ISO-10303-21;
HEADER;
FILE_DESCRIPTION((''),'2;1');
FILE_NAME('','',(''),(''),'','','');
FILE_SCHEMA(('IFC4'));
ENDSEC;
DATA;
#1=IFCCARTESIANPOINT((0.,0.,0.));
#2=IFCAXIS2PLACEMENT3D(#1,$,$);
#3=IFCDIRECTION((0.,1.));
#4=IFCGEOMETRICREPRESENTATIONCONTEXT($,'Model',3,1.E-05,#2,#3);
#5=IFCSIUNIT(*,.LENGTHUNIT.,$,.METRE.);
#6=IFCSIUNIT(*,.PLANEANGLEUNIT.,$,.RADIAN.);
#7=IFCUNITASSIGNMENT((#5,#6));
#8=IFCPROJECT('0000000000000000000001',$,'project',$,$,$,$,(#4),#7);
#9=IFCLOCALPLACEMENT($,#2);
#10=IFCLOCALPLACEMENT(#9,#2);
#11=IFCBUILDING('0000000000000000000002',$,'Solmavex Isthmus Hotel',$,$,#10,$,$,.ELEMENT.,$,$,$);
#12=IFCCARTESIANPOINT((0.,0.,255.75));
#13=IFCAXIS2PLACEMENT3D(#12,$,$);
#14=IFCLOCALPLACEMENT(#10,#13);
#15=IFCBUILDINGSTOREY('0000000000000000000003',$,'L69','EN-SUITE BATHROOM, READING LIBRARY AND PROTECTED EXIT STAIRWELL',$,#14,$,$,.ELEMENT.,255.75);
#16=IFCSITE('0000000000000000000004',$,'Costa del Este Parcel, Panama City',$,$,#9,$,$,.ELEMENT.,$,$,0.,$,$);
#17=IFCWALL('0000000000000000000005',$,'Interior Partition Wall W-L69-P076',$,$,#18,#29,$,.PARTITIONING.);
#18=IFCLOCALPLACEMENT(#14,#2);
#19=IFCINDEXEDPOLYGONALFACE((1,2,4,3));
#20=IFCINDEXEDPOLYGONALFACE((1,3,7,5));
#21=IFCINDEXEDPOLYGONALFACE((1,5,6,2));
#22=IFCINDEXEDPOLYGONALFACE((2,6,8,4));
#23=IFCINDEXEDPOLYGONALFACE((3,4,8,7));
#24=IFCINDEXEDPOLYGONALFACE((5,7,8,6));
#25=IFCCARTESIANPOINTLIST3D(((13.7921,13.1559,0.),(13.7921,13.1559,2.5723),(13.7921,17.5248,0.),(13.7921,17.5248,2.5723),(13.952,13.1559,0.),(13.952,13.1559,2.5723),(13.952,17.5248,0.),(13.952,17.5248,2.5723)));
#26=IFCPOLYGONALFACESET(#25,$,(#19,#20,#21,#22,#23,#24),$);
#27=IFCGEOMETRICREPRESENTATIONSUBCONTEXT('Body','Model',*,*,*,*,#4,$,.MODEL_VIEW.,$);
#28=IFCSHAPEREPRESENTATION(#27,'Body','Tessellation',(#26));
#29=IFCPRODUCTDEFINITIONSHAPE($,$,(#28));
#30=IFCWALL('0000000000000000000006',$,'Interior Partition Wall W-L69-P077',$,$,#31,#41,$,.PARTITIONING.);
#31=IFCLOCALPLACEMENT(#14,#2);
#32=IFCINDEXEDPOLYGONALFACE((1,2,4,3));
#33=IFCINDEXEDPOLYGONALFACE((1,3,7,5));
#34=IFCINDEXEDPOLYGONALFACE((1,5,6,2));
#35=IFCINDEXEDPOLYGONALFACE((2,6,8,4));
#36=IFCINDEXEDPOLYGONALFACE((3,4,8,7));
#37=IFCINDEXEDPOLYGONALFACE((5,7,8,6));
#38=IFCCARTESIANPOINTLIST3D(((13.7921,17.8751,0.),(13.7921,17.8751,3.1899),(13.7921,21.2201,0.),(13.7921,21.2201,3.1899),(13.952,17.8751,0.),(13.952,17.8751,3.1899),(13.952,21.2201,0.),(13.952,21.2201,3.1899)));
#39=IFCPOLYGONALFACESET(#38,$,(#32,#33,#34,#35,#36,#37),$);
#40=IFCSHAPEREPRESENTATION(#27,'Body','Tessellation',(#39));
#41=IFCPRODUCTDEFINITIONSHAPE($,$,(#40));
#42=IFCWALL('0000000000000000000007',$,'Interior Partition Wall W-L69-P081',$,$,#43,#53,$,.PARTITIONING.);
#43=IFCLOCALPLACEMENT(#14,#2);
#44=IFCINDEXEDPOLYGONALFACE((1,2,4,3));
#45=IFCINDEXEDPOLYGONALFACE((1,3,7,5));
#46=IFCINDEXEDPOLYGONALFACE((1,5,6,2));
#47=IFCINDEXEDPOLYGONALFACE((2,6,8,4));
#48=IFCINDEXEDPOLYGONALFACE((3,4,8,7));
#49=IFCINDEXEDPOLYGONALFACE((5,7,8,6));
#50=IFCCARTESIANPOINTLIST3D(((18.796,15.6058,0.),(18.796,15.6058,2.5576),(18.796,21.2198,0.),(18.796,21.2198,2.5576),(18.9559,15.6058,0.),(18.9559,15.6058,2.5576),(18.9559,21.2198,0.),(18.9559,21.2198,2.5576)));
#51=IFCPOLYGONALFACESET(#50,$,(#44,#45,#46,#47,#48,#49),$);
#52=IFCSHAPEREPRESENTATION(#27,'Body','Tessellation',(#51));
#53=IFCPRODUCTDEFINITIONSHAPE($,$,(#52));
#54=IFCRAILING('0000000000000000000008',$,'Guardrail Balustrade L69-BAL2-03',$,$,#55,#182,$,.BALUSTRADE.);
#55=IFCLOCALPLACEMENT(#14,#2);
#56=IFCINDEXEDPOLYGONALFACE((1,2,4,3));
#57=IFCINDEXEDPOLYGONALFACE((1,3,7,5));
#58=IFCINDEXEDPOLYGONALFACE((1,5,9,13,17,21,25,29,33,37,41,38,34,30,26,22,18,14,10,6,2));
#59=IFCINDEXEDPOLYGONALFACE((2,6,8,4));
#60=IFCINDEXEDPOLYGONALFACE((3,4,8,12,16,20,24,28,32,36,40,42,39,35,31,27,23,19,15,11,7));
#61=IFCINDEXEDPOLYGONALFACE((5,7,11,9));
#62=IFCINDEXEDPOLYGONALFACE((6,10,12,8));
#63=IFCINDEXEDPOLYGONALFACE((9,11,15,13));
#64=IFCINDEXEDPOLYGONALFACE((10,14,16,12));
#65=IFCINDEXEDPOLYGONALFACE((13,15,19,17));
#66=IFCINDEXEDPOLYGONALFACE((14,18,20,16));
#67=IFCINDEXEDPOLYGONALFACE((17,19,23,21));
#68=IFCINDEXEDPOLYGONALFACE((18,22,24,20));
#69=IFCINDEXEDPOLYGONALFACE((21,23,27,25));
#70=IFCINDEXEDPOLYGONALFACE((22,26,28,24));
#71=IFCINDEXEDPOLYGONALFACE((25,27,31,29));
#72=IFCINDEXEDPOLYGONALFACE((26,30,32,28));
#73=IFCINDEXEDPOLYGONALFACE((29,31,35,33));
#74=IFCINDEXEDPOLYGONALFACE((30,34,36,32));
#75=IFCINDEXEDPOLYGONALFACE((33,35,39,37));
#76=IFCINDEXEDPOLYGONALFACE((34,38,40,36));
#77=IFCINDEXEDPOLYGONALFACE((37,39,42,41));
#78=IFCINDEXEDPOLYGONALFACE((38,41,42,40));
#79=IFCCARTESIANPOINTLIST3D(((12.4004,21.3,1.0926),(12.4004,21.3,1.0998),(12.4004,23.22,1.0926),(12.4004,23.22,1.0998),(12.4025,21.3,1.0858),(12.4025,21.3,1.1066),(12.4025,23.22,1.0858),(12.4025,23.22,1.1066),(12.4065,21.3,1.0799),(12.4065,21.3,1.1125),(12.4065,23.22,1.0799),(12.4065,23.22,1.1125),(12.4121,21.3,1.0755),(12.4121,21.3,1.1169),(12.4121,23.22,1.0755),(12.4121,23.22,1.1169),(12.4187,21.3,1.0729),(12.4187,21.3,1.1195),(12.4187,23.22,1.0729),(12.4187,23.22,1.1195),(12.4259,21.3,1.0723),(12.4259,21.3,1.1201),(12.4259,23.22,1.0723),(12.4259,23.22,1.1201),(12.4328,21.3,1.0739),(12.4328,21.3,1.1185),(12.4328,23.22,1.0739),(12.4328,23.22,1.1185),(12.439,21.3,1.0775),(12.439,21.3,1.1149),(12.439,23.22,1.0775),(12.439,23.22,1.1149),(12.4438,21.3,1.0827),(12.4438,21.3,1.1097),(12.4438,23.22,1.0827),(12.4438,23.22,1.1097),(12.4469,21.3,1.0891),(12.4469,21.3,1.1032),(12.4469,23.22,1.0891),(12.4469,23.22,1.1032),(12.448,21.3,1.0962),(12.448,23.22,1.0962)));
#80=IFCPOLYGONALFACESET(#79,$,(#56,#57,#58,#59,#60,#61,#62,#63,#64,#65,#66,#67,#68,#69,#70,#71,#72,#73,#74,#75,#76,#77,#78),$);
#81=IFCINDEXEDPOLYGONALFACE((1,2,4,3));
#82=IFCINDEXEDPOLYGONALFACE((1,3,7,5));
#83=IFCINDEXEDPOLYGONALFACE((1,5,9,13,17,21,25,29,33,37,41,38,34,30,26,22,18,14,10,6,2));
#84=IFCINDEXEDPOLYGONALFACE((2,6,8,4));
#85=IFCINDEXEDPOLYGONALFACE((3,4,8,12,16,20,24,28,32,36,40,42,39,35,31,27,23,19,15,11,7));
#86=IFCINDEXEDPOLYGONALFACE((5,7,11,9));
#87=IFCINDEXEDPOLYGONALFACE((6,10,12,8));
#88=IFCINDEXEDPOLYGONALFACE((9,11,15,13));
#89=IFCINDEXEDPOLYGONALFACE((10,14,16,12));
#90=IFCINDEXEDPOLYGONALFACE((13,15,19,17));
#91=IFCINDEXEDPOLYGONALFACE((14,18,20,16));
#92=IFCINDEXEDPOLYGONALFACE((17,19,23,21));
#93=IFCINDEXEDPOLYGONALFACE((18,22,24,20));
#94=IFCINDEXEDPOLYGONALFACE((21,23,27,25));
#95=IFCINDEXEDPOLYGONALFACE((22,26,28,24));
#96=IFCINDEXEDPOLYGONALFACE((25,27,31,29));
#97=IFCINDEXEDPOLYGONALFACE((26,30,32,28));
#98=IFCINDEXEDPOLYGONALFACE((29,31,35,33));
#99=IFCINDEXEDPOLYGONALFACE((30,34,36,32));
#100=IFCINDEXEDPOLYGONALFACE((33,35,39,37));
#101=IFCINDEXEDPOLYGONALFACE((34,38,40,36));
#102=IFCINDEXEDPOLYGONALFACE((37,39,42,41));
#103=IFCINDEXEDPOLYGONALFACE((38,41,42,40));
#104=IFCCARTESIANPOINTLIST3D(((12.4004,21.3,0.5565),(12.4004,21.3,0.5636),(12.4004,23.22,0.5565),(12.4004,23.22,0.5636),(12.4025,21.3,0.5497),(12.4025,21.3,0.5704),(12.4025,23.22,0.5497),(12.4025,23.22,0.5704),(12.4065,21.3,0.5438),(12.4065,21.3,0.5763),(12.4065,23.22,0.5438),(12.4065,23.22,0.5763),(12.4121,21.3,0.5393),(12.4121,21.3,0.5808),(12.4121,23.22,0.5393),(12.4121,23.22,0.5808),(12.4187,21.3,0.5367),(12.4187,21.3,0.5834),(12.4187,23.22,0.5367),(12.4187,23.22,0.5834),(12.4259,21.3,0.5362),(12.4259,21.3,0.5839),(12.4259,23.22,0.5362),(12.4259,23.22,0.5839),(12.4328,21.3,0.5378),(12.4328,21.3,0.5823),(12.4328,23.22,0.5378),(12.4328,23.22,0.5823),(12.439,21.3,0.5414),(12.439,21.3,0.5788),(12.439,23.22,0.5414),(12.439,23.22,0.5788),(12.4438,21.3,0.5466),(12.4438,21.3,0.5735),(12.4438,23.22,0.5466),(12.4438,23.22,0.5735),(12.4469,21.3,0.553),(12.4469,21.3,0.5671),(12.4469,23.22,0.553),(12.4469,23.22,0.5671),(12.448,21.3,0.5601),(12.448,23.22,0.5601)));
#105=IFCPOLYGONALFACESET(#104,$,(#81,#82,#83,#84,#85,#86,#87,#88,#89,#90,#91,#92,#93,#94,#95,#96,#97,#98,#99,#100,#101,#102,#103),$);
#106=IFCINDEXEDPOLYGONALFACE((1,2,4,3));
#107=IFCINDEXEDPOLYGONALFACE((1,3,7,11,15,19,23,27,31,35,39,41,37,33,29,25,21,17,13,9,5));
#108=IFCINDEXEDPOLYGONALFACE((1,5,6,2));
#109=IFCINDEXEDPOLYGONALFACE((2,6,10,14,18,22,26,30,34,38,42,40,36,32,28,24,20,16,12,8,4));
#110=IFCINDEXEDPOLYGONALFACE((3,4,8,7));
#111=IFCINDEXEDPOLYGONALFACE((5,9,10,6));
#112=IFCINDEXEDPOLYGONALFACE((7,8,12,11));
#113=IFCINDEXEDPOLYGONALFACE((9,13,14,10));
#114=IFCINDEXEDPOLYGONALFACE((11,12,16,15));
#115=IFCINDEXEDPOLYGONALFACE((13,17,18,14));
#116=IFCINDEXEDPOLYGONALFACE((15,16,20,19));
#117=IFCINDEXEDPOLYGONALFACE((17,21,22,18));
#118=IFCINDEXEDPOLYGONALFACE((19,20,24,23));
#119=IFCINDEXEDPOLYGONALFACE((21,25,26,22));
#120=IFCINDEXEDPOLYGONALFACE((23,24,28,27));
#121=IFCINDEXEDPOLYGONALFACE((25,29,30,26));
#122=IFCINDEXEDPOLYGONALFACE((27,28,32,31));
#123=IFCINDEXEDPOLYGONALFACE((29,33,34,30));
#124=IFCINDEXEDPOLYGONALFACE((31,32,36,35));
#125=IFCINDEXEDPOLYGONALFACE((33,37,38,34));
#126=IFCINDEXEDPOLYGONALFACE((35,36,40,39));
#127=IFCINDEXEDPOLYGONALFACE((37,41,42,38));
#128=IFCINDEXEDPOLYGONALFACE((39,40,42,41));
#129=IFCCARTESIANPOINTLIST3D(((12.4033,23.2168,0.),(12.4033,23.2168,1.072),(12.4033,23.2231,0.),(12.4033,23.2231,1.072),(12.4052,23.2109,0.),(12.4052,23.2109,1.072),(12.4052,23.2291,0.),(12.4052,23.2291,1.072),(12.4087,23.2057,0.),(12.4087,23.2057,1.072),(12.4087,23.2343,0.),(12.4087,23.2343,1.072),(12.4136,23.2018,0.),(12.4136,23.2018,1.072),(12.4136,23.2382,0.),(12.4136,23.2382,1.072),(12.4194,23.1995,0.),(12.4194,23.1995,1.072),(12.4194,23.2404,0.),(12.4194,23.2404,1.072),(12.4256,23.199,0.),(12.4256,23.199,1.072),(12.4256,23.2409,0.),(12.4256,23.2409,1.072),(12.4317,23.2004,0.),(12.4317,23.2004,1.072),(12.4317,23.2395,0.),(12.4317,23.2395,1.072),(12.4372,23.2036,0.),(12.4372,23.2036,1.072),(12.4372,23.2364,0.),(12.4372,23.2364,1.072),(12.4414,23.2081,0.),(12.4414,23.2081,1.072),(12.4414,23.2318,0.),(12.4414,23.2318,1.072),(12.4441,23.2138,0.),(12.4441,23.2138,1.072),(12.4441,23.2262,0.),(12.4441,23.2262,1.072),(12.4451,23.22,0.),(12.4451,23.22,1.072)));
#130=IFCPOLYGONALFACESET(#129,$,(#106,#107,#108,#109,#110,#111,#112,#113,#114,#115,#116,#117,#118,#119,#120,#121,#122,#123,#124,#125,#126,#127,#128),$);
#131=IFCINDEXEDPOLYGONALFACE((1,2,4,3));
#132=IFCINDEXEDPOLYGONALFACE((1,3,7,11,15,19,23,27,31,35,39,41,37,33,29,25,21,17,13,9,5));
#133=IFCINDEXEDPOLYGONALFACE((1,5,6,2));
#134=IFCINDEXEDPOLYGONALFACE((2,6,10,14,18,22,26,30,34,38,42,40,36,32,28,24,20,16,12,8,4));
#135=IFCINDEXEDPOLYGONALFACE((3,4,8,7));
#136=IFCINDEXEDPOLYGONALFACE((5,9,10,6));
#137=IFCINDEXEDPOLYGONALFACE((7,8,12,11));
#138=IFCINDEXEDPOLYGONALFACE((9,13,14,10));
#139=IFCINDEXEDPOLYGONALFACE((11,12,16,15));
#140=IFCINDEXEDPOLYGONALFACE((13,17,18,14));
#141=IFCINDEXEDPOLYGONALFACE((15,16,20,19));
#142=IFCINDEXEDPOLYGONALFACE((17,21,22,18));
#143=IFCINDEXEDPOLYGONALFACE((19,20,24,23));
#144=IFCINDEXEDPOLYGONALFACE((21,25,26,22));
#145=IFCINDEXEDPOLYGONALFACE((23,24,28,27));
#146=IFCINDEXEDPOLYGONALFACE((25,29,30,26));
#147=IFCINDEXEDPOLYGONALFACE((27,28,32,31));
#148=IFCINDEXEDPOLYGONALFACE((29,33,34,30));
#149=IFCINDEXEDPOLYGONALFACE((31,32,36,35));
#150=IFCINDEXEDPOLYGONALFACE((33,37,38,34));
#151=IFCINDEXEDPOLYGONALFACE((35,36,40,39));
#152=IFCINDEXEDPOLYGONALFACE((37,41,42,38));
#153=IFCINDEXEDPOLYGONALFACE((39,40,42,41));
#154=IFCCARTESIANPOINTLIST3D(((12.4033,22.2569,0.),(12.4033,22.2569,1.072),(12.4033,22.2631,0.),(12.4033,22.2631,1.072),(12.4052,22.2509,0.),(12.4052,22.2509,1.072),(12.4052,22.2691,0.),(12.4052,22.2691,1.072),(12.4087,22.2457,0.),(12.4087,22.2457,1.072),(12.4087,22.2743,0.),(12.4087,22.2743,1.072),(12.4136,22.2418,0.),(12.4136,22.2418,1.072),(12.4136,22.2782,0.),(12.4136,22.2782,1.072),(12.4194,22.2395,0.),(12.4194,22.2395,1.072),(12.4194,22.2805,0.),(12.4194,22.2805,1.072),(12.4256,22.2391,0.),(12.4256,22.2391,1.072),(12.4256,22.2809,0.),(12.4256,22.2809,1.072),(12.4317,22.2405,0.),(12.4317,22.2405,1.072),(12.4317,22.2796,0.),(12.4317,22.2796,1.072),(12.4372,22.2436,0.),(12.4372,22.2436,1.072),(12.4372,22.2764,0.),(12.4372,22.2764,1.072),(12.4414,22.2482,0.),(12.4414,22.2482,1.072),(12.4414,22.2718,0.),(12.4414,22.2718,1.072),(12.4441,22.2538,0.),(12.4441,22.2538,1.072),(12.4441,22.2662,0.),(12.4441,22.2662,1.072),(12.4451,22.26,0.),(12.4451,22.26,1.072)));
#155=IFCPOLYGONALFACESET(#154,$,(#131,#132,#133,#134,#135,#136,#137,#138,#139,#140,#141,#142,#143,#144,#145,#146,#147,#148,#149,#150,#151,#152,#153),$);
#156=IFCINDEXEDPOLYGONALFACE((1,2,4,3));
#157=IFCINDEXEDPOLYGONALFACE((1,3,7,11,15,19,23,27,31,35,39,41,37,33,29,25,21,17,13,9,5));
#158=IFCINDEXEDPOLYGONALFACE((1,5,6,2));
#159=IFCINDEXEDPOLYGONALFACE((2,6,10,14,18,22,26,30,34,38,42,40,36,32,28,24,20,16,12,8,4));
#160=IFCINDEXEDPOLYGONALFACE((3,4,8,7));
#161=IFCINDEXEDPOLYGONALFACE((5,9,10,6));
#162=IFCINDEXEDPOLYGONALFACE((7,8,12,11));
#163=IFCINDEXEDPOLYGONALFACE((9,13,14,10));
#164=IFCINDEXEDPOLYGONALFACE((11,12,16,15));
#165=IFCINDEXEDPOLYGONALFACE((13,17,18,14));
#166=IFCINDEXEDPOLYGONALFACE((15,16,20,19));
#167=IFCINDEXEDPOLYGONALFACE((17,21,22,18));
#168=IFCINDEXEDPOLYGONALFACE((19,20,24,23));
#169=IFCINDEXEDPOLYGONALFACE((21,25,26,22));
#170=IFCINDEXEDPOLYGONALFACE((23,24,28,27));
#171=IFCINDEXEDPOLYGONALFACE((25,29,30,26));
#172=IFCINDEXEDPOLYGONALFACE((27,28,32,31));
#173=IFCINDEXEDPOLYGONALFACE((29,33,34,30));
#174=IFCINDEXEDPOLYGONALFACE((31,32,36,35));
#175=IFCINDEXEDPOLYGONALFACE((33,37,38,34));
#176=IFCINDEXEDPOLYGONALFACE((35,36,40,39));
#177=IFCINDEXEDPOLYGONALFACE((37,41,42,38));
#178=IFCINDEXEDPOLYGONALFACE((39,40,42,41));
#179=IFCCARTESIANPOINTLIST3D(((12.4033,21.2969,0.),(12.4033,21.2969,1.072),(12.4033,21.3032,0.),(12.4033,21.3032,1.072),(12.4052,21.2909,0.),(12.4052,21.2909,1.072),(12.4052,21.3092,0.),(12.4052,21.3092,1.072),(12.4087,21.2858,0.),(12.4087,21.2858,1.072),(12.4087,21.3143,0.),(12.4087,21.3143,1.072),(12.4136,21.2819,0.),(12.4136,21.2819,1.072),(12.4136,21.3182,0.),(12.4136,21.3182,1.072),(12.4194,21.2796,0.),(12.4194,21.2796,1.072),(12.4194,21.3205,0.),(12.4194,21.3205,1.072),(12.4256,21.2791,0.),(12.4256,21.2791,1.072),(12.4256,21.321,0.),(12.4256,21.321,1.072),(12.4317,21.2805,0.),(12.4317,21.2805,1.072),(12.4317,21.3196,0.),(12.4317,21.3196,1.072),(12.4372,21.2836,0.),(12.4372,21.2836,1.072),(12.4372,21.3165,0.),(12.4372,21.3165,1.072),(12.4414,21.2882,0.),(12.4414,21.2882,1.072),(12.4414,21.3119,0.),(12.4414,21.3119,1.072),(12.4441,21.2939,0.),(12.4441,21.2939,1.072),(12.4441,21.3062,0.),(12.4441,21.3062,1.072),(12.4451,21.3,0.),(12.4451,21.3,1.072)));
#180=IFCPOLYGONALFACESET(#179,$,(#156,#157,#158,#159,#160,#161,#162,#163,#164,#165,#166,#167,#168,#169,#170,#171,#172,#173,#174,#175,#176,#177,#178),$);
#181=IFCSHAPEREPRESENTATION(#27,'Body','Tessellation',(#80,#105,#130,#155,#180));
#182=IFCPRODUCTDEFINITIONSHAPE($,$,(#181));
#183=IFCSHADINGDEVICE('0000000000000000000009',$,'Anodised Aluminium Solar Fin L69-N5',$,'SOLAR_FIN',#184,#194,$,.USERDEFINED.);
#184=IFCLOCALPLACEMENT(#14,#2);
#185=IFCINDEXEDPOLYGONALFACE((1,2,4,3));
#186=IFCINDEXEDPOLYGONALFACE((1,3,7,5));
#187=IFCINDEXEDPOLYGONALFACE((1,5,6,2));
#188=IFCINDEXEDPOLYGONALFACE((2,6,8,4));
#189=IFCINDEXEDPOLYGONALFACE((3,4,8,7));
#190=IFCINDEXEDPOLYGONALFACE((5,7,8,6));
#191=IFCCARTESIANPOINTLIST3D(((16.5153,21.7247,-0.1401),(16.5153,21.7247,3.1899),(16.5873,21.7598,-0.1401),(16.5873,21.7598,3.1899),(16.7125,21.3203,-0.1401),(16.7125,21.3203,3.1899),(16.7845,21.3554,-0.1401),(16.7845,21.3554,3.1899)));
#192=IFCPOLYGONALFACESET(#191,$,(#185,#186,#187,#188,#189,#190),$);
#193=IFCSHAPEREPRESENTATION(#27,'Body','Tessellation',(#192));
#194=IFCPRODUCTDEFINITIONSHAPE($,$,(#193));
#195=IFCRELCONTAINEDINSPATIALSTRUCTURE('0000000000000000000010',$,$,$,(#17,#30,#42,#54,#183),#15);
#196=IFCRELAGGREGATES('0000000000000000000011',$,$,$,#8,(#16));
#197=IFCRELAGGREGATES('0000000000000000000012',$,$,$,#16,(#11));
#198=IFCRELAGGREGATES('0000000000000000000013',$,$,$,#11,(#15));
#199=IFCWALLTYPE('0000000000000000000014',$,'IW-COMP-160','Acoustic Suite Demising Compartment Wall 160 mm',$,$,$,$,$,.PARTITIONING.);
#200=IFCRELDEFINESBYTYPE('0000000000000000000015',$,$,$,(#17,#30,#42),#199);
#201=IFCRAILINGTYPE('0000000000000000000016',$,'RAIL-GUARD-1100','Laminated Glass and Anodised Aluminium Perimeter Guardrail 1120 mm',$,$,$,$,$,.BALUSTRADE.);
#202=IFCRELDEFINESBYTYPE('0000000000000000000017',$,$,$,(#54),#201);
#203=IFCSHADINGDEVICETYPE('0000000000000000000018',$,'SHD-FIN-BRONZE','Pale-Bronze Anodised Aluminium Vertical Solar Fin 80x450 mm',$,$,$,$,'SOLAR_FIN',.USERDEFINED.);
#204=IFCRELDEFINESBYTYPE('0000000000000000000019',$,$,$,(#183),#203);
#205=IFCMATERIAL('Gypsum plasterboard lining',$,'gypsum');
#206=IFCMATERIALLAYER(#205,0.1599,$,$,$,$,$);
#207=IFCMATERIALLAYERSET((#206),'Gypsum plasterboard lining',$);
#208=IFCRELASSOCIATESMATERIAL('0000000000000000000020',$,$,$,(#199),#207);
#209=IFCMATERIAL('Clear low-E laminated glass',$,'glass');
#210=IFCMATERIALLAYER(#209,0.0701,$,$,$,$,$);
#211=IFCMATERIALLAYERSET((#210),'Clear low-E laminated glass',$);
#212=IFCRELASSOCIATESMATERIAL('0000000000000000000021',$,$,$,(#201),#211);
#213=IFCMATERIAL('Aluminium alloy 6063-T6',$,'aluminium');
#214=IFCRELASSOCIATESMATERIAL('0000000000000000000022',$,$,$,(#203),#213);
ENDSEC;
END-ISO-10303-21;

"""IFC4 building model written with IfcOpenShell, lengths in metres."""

from ifc_helpers import new_model, si_unit, direction, frame, frame_2d, origin, origin_2d, place, context, subcontext, project, spatial, rectangle, circle, extrude, material, layer, layer_set, type_object, element, save


model = new_model("IFC4")

# Units and contexts
model_context = context("Model", 3, precision=1e-05, world=origin(), true_north=direction((0.0, 1.0)))
body_context = subcontext(model_context, "Body", "Model", "MODEL_VIEW")
ifc_project = project(units=[si_unit("LENGTHUNIT", "METRE"), si_unit("PLANEANGLEUNIT", "RADIAN")], contexts=[model_context])

# Site, building, storey
site_placement = place(None, origin())
site = spatial("IfcSite", under=ifc_project, at=site_placement, Name="Costa del Este Parcel, Panama City", CompositionType="ELEMENT", RefElevation=0.0)
building_placement = place(site_placement, origin())
building = spatial("IfcBuilding", under=site, at=building_placement, Name="Solmavex Isthmus Hotel", CompositionType="ELEMENT")
storey_placement = place(building_placement, frame((0.0, 0.0, 255.75)))
storey = spatial("IfcBuildingStorey", under=building, at=storey_placement, Name="L69", Description="EN-SUITE BATHROOM, READING LIBRARY AND PROTECTED EXIT STAIRWELL", CompositionType="ELEMENT", Elevation=255.75)

# Shared definitions
ifc_material_1 = material(Name="Aluminium alloy 6063-T6", Category="aluminium")

# Shared definitions
ifc_material_2 = material(Name="Clear low-E laminated glass", Category="glass")

# Walls
ifc_material_3 = material(Name="Gypsum plasterboard lining", Category="gypsum")
ifc_layer_1 = layer(ifc_material_3, 0.1599)
ifc_layer_set_1 = layer_set([ifc_layer_1], Name="Gypsum plasterboard lining")
wall_type_1 = type_object("IfcWallType", Name="IW-COMP-160", Description="Acoustic Suite Demising Compartment Wall 160 mm", PredefinedType="PARTITIONING", material=ifc_layer_set_1)
wall_1_placement = place(storey_placement, frame((13.8721, 17.5249, 0.0), z_axis=(0.0, 0.0, 1.0), x_axis=(0.0, -1.0, 0.0)))
element("IfcWall", 1, at=wall_1_placement, inside=storey, type_object=wall_type_1, Name="Interior Partition Wall W-L69-P076", PredefinedType="PARTITIONING", context=body_context, shape_type="SweptSolid", body=[
    extrude(rectangle(XDim=4.3689, YDim=0.1599, at=frame_2d((2.1846, 0.0))), origin(), (0.0, 0.0, 1.0), 2.5723),
])
wall_2_placement = place(storey_placement, frame((13.8721, 21.22, 0.0), z_axis=(0.0, 0.0, 1.0), x_axis=(0.0, -1.0, 0.0)))
element("IfcWall", 2, at=wall_2_placement, inside=storey, type_object=wall_type_1, Name="Interior Partition Wall W-L69-P077", PredefinedType="PARTITIONING", context=body_context, shape_type="SweptSolid", body=[
    extrude(rectangle(XDim=3.345, YDim=0.1599, at=frame_2d((1.6724, 0.0))), origin(), (0.0, 0.0, 1.0), 3.1899),
])
wall_3_placement = place(storey_placement, frame((18.876, 21.22, 0.0), z_axis=(0.0, 0.0, 1.0), x_axis=(0.0, -1.0, 0.0)))
element("IfcWall", 3, at=wall_3_placement, inside=storey, type_object=wall_type_1, Name="Interior Partition Wall W-L69-P081", PredefinedType="PARTITIONING", context=body_context, shape_type="SweptSolid", body=[
    extrude(rectangle(XDim=5.614, YDim=0.1599, at=frame_2d((2.8071, 0.0))), origin(), (0.0, 0.0, 1.0), 2.5576),
])

# Railing
ifc_layer_2 = layer(ifc_material_2, 0.0701)
ifc_layer_set_2 = layer_set([ifc_layer_2], Name="Clear low-E laminated glass")
railing_type = type_object("IfcRailingType", Name="RAIL-GUARD-1100", Description="Laminated Glass and Anodised Aluminium Perimeter Guardrail 1120 mm", PredefinedType="BALUSTRADE", material=ifc_layer_set_2)
railing_placement = place(storey_placement, frame((12.4241, 23.22, 0.0)))
element("IfcRailing", 4, at=railing_placement, inside=storey, type_object=railing_type, Name="Guardrail Balustrade L69-BAL2-03", PredefinedType="BALUSTRADE", context=body_context, shape_type="SweptSolid", body=[
    extrude(circle(Radius=0.0239, at=origin_2d()), frame((0.0, 0.0, 1.0962), z_axis=(0.0, -1.0, 0.0), x_axis=(1.0, 0.0, 0.0)), (0.0, 0.0, 1.0), 1.9199),
    extrude(circle(Radius=0.0239, at=origin_2d()), frame((0.0, 0.0, 0.5601), z_axis=(0.0, -1.0, 0.0), x_axis=(1.0, 0.0, 0.0)), (0.0, 0.0, 1.0), 1.9199),
    extrude(circle(Radius=0.021, at=origin_2d()), origin(), (0.0, 0.0, 1.0), 1.072),
    extrude(circle(Radius=0.021, at=origin_2d()), frame((0.0, -0.96, 0.0)), (0.0, 0.0, 1.0), 1.072),
    extrude(circle(Radius=0.021, at=origin_2d()), frame((0.0, -1.9199, 0.0)), (0.0, 0.0, 1.0), 1.072),
])

# Shading device
shading_device_type = type_object("IfcShadingDeviceType", Name="SHD-FIN-BRONZE", Description="Pale-Bronze Anodised Aluminium Vertical Solar Fin 80x450 mm", ElementType="SOLAR_FIN", PredefinedType="USERDEFINED", material=ifc_material_1)
shading_device_placement = place(storey_placement, frame((16.6499, 21.54, -0.1401), z_axis=(0.0, 0.0, 1.0), x_axis=(-0.438371, 0.898794, 0.0)))
element("IfcShadingDevice", 5, at=shading_device_placement, inside=storey, type_object=shading_device_type, Name="Anodised Aluminium Solar Fin L69-N5", ObjectType="SOLAR_FIN", PredefinedType="USERDEFINED", context=body_context, shape_type="SweptSolid", body=[
    extrude(rectangle(XDim=0.45, YDim=0.0801, at=origin_2d()), origin(), (0.0, 0.0, 1.0), 3.3301),
])

save(model, "model.ifc")
